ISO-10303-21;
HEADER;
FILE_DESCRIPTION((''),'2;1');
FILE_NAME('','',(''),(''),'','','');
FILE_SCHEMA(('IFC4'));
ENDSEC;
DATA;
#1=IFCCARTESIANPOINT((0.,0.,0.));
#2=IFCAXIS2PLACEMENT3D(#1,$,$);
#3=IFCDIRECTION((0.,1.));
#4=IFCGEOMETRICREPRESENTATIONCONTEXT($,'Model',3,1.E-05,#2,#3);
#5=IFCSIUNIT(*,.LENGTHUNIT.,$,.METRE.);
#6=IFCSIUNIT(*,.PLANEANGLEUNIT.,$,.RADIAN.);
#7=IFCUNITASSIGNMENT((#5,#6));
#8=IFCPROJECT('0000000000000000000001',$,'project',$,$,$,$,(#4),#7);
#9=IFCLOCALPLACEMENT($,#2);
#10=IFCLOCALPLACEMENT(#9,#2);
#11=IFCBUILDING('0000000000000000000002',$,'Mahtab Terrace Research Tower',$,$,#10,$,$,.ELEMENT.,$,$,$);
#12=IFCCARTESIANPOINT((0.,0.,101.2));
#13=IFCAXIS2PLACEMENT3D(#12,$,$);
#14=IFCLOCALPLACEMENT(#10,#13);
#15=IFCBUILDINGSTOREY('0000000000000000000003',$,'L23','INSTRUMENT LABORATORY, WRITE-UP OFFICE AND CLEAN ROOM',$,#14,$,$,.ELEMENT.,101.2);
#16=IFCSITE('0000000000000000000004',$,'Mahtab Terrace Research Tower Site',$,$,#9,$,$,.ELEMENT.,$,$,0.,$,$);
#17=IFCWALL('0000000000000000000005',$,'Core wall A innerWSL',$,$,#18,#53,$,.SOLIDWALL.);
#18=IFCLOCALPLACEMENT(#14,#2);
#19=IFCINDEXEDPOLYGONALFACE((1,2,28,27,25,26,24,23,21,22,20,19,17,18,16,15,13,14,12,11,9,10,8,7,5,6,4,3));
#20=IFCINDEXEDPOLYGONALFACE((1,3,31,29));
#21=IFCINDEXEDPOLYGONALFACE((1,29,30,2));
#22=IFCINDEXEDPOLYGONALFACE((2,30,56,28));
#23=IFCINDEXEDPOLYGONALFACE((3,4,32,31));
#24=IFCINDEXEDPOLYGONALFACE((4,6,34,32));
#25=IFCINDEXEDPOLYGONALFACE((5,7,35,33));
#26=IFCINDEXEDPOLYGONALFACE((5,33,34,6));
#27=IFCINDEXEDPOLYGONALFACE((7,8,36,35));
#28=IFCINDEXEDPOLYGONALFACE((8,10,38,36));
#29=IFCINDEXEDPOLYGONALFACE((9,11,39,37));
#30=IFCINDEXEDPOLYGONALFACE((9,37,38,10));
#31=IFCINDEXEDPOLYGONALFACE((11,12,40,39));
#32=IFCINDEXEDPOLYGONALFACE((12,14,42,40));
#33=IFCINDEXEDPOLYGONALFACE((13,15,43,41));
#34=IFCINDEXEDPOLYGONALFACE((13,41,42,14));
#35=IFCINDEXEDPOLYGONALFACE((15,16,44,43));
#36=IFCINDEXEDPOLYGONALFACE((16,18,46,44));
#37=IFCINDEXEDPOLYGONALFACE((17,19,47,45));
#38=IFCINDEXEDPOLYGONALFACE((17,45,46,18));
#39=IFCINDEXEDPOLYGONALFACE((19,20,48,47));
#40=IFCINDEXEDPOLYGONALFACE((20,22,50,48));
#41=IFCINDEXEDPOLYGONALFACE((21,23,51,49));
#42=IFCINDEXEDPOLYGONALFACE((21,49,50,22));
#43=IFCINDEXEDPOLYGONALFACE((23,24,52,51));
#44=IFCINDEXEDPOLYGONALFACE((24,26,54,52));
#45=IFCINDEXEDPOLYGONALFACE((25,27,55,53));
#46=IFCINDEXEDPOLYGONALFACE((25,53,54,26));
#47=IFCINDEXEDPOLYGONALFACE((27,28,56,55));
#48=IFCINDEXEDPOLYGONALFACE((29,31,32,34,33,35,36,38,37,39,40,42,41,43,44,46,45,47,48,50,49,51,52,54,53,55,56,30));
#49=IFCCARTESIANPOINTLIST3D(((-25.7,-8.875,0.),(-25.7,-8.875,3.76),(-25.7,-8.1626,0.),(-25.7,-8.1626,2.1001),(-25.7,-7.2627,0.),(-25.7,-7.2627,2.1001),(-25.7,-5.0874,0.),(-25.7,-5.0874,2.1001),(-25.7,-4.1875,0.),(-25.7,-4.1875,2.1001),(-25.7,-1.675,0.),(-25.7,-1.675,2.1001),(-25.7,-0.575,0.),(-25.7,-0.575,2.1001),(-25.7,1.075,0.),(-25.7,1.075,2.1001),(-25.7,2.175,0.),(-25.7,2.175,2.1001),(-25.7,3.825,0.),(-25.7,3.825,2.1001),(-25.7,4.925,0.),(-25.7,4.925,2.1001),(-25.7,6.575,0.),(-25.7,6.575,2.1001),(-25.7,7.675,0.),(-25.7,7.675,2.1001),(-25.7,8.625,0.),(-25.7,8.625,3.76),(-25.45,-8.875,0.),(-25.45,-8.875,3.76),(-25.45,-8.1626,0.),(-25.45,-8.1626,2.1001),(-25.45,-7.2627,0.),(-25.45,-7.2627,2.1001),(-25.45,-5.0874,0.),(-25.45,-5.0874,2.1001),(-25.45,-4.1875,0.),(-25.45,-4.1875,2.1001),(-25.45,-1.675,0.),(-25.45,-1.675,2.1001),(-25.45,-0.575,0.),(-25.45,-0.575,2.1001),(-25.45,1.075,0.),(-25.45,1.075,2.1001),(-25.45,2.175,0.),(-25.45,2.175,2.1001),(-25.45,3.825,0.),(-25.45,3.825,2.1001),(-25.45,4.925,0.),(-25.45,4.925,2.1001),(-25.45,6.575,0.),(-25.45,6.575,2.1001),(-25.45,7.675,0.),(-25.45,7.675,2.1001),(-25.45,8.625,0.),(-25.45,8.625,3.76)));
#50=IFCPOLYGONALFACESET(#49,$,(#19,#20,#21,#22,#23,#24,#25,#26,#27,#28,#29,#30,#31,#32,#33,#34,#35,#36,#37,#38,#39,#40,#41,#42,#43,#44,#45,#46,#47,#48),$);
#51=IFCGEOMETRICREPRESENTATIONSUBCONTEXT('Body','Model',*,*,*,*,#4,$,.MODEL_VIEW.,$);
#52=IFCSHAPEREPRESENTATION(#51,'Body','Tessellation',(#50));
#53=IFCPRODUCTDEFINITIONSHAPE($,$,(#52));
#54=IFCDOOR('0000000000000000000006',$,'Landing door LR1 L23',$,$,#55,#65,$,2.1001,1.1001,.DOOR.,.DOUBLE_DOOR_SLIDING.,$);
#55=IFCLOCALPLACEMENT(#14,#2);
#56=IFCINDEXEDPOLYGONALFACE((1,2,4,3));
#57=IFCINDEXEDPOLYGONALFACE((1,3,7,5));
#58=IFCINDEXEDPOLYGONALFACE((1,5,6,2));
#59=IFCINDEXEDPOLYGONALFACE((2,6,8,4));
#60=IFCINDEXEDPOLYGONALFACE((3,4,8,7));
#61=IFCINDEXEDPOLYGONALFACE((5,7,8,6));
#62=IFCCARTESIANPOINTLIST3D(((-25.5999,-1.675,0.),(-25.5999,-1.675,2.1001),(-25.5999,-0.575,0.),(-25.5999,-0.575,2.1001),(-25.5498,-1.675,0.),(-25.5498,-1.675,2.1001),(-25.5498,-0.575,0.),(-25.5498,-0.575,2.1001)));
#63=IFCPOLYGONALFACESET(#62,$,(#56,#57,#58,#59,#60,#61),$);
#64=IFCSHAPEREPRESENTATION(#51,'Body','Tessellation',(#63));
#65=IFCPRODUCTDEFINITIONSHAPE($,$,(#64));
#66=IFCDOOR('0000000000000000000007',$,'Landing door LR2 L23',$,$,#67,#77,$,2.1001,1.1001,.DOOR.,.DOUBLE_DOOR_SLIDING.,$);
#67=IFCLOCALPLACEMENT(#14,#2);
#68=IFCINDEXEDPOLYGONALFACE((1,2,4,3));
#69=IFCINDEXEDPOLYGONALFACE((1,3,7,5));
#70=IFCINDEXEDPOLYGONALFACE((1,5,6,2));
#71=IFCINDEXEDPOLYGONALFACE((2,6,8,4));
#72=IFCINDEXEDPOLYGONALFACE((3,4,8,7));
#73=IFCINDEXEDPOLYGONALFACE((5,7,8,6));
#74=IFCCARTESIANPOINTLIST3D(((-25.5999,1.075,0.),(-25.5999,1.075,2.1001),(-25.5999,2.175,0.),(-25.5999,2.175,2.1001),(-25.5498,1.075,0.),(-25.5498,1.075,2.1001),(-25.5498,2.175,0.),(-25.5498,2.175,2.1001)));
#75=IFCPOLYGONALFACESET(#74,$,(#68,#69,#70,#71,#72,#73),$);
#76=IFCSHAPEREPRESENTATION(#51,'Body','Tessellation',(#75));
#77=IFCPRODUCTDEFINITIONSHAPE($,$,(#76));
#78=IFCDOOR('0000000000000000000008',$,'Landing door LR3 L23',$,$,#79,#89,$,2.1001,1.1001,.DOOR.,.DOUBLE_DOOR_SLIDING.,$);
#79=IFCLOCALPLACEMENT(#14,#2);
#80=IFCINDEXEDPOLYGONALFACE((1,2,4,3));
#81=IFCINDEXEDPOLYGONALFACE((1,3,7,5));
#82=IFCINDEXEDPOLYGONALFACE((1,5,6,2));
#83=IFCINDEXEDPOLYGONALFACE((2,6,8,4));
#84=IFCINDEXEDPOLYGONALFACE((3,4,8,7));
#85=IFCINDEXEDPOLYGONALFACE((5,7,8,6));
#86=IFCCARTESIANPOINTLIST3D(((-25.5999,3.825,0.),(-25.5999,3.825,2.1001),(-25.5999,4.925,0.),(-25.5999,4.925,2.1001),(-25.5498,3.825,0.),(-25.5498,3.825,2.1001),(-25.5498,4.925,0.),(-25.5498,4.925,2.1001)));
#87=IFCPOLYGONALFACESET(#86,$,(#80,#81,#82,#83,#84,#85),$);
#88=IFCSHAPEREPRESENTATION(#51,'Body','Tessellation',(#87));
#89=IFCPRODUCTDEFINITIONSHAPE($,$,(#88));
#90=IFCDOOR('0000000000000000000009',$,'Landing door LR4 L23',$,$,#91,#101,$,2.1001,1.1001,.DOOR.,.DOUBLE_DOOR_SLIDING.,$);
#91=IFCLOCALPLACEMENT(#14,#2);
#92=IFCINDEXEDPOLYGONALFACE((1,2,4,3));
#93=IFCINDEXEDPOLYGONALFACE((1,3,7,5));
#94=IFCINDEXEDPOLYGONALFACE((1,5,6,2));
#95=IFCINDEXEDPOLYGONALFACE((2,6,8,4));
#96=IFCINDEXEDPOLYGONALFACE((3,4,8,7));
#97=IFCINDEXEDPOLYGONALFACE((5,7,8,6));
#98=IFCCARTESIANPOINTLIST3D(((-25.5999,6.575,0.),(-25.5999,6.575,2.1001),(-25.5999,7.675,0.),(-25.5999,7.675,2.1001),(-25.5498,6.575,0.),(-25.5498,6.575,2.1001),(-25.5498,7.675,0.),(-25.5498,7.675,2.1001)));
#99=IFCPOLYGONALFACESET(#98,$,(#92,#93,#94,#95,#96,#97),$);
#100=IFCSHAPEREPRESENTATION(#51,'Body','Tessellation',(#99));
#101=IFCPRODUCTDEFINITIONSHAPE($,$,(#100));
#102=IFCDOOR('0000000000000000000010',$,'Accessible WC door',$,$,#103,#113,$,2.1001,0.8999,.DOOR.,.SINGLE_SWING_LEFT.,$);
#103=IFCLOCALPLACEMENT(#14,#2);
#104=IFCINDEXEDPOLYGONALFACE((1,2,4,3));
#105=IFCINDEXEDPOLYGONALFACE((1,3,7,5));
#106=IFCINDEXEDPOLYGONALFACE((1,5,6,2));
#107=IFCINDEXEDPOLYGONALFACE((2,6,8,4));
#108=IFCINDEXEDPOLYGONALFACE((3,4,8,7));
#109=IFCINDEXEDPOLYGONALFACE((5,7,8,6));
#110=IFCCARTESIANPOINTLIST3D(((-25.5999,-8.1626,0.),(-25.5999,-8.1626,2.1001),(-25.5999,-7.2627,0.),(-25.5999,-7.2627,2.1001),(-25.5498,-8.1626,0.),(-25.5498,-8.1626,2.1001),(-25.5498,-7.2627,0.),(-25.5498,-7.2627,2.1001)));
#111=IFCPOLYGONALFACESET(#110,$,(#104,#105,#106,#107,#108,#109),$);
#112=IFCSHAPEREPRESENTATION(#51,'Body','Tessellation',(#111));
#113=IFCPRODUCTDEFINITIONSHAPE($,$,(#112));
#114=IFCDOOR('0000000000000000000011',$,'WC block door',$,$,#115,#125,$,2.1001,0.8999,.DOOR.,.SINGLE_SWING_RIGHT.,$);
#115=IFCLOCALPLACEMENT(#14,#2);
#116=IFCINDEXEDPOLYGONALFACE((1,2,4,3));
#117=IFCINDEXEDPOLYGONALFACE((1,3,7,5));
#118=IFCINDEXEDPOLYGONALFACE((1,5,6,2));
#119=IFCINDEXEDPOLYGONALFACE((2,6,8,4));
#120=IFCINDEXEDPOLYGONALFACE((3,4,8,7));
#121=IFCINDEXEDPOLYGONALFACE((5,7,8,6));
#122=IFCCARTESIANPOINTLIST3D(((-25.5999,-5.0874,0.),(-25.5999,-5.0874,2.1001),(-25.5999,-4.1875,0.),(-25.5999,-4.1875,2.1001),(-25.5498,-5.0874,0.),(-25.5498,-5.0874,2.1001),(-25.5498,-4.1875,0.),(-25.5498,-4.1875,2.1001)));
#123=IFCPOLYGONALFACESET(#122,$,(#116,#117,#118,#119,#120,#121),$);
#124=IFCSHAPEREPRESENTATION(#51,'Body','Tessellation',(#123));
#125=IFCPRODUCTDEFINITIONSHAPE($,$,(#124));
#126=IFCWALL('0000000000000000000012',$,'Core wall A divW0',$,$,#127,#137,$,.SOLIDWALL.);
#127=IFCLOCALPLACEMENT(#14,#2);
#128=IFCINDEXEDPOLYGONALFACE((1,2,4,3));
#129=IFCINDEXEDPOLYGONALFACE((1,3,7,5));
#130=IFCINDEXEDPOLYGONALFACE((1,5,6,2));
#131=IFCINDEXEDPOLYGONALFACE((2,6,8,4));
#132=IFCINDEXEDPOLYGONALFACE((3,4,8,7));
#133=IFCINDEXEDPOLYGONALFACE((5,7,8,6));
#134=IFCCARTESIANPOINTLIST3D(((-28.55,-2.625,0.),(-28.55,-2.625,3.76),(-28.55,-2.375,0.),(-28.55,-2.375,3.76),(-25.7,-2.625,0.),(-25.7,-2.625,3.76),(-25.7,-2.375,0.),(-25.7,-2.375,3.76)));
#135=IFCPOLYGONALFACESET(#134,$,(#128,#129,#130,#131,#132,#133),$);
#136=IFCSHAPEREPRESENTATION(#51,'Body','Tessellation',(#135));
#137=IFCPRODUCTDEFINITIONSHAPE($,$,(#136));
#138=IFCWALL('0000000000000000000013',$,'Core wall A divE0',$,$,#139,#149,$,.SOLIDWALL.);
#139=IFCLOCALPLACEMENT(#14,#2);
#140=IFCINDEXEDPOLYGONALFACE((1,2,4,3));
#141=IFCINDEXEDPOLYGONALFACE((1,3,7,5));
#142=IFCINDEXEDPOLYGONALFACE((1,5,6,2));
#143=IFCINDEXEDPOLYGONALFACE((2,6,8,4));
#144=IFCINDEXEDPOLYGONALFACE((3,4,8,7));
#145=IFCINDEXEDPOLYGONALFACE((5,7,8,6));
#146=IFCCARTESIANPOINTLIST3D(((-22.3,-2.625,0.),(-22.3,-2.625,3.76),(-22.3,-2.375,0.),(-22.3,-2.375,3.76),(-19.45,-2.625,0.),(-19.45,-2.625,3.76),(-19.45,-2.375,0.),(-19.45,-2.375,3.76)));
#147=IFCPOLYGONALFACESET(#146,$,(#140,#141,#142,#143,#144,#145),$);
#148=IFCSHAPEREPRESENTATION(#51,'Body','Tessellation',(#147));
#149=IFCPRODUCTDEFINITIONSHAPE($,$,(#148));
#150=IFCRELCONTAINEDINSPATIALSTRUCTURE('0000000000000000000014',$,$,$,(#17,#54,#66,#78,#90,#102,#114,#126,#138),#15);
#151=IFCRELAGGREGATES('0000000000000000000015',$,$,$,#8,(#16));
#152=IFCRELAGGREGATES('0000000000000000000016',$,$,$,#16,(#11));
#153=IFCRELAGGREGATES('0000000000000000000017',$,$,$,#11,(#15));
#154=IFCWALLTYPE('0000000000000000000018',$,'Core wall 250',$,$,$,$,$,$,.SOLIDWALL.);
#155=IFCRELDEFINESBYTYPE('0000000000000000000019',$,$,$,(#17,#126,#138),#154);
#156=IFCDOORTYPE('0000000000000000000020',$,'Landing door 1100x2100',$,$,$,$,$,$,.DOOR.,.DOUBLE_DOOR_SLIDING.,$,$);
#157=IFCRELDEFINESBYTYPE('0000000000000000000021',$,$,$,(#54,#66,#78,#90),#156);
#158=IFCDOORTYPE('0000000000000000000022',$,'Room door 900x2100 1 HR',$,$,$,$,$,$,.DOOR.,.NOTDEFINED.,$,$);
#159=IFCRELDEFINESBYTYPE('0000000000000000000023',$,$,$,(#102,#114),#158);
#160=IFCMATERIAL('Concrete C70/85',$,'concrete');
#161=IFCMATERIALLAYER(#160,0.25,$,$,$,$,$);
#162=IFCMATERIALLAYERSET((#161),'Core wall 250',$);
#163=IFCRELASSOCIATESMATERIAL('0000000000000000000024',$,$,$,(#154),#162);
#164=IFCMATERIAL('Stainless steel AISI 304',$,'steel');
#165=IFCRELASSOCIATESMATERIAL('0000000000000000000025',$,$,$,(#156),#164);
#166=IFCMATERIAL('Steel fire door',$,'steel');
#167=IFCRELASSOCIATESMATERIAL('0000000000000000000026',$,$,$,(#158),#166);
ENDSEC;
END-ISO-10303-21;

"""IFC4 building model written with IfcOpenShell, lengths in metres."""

from ifc_helpers import new_model, si_unit, direction, frame, frame_2d, origin, place, context, subcontext, project, spatial, rectangle, extrude, material, layer, layer_set, type_object, element, fill, save


model = new_model("IFC4")

# Units and contexts
model_context = context("Model", 3, precision=1e-05, world=origin(), true_north=direction((0.0, 1.0)))
body_context = subcontext(model_context, "Body", "Model", "MODEL_VIEW")
ifc_project = project(units=[si_unit("LENGTHUNIT", "METRE"), si_unit("PLANEANGLEUNIT", "RADIAN")], contexts=[model_context])

# Site, building, storey
site_placement = place(None, origin())
site = spatial("IfcSite", under=ifc_project, at=site_placement, Name="Mahtab Terrace Research Tower Site", CompositionType="ELEMENT", RefElevation=0.0)
building_placement = place(site_placement, origin())
building = spatial("IfcBuilding", under=site, at=building_placement, Name="Mahtab Terrace Research Tower", CompositionType="ELEMENT")
storey_placement = place(building_placement, frame((0.0, 0.0, 101.2)))
storey = spatial("IfcBuildingStorey", under=building, at=storey_placement, Name="L23", Description="INSTRUMENT LABORATORY, WRITE-UP OFFICE AND CLEAN ROOM", CompositionType="ELEMENT", Elevation=101.2)

# Shared definitions
ifc_material_1 = material(Name="Concrete C70/85", Category="concrete")

# Shared definitions
ifc_layer_1 = layer(ifc_material_1, 0.25)
ifc_layer_set_1 = layer_set([ifc_layer_1], Name="Core wall 250")
wall_type_1 = type_object("IfcWallType", Name="Core wall 250", PredefinedType="SOLIDWALL", material=ifc_layer_set_1)

# Shared definitions
ifc_material_2 = material(Name="Steel fire door", Category="steel")

# Wall, openings, doors
wall_1_placement = place(storey_placement, frame((-25.575, -8.875, 0.0), z_axis=(0.0, 0.0, 1.0), x_axis=(0.0, 1.0, 0.0)))
wall_1 = element("IfcWall", 1, at=wall_1_placement, inside=storey, type_object=wall_type_1, Name="Core wall A innerWSL", PredefinedType="SOLIDWALL", context=body_context, shape_type="SweptSolid", body=[
    extrude(rectangle(XDim=17.5, YDim=0.25, at=frame_2d((8.75, 0.0))), origin(), (0.0, 0.0, 1.0), 3.76),
])
opening_1_placement = place(wall_1_placement, frame((7.2, 0.0, 0.0)))
opening_1 = element("IfcOpeningElement", 2, at=opening_1_placement, cuts=wall_1, PredefinedType="OPENING", context=body_context, shape_type="SweptSolid", body=[
    extrude(rectangle(XDim=1.1001, YDim=2.1001, at=frame_2d((0.55, 1.05))), frame((0.0, 0.135, 0.0), z_axis=(0.0, -1.0, 0.0), x_axis=(1.0, 0.0, 0.0)), (0.0, 0.0, 1.0), 0.27),
])
opening_2_placement = place(wall_1_placement, frame((9.95, 0.0, 0.0)))
opening_2 = element("IfcOpeningElement", 3, at=opening_2_placement, cuts=wall_1, PredefinedType="OPENING", context=body_context, shape_type="SweptSolid", body=[
    extrude(rectangle(XDim=1.1001, YDim=2.1001, at=frame_2d((0.55, 1.05))), frame((0.0, 0.135, 0.0), z_axis=(0.0, -1.0, 0.0), x_axis=(1.0, 0.0, 0.0)), (0.0, 0.0, 1.0), 0.27),
])
opening_3_placement = place(wall_1_placement, frame((12.7, 0.0, 0.0)))
opening_3 = element("IfcOpeningElement", 4, at=opening_3_placement, cuts=wall_1, PredefinedType="OPENING", context=body_context, shape_type="SweptSolid", body=[
    extrude(rectangle(XDim=1.1001, YDim=2.1001, at=frame_2d((0.55, 1.05))), frame((0.0, 0.135, 0.0), z_axis=(0.0, -1.0, 0.0), x_axis=(1.0, 0.0, 0.0)), (0.0, 0.0, 1.0), 0.27),
])
opening_4_placement = place(wall_1_placement, frame((15.45, 0.0, 0.0)))
opening_4 = element("IfcOpeningElement", 5, at=opening_4_placement, cuts=wall_1, PredefinedType="OPENING", context=body_context, shape_type="SweptSolid", body=[
    extrude(rectangle(XDim=1.1001, YDim=2.1001, at=frame_2d((0.55, 1.05))), frame((0.0, 0.135, 0.0), z_axis=(0.0, -1.0, 0.0), x_axis=(1.0, 0.0, 0.0)), (0.0, 0.0, 1.0), 0.27),
])
opening_5_placement = place(wall_1_placement, frame((0.7124, 0.0, 0.0)))
opening_5 = element("IfcOpeningElement", 6, at=opening_5_placement, cuts=wall_1, PredefinedType="OPENING", context=body_context, shape_type="SweptSolid", body=[
    extrude(rectangle(XDim=0.8999, YDim=2.1001, at=frame_2d((0.45, 1.05))), frame((0.0, 0.135, 0.0), z_axis=(0.0, -1.0, 0.0), x_axis=(1.0, 0.0, 0.0)), (0.0, 0.0, 1.0), 0.27),
])
opening_6_placement = place(wall_1_placement, frame((3.7876, 0.0, 0.0)))
opening_6 = element("IfcOpeningElement", 7, at=opening_6_placement, cuts=wall_1, PredefinedType="OPENING", context=body_context, shape_type="SweptSolid", body=[
    extrude(rectangle(XDim=0.8999, YDim=2.1001, at=frame_2d((0.45, 1.05))), frame((0.0, 0.135, 0.0), z_axis=(0.0, -1.0, 0.0), x_axis=(1.0, 0.0, 0.0)), (0.0, 0.0, 1.0), 0.27),
])
ifc_material_3 = material(Name="Stainless steel AISI 304", Category="steel")
door_type_1 = type_object("IfcDoorType", Name="Landing door 1100x2100", OperationType="DOUBLE_DOOR_SLIDING", PredefinedType="DOOR", material=ifc_material_3)
door_1_placement = place(opening_1_placement, origin())
door_1 = element("IfcDoor", 8, at=door_1_placement, inside=storey, type_object=door_type_1, Name="Landing door LR1 L23", OperationType="DOUBLE_DOOR_SLIDING", OverallHeight=2.1001, OverallWidth=1.1001, PredefinedType="DOOR", context=body_context, shape_type="SweptSolid", body=[
    extrude(rectangle(XDim=1.1001, YDim=2.1001, at=frame_2d((0.55, 1.05))), frame((0.0, 0.0249, 0.0), z_axis=(0.0, -1.0, 0.0), x_axis=(1.0, 0.0, 0.0)), (0.0, 0.0, 1.0), 0.05),
])
fill(opening_1, door_1)
door_2_placement = place(opening_2_placement, origin())
door_2 = element("IfcDoor", 9, at=door_2_placement, inside=storey, type_object=door_type_1, Name="Landing door LR2 L23", OperationType="DOUBLE_DOOR_SLIDING", OverallHeight=2.1001, OverallWidth=1.1001, PredefinedType="DOOR", context=body_context, shape_type="SweptSolid", body=[
    extrude(rectangle(XDim=1.1001, YDim=2.1001, at=frame_2d((0.55, 1.05))), frame((0.0, 0.0249, 0.0), z_axis=(0.0, -1.0, 0.0), x_axis=(1.0, 0.0, 0.0)), (0.0, 0.0, 1.0), 0.05),
])
fill(opening_2, door_2)
door_3_placement = place(opening_3_placement, origin())
door_3 = element("IfcDoor", 10, at=door_3_placement, inside=storey, type_object=door_type_1, Name="Landing door LR3 L23", OperationType="DOUBLE_DOOR_SLIDING", OverallHeight=2.1001, OverallWidth=1.1001, PredefinedType="DOOR", context=body_context, shape_type="SweptSolid", body=[
    extrude(rectangle(XDim=1.1001, YDim=2.1001, at=frame_2d((0.55, 1.05))), frame((0.0, 0.0249, 0.0), z_axis=(0.0, -1.0, 0.0), x_axis=(1.0, 0.0, 0.0)), (0.0, 0.0, 1.0), 0.05),
])
fill(opening_3, door_3)
door_4_placement = place(opening_4_placement, origin())
door_4 = element("IfcDoor", 11, at=door_4_placement, inside=storey, type_object=door_type_1, Name="Landing door LR4 L23", OperationType="DOUBLE_DOOR_SLIDING", OverallHeight=2.1001, OverallWidth=1.1001, PredefinedType="DOOR", context=body_context, shape_type="SweptSolid", body=[
    extrude(rectangle(XDim=1.1001, YDim=2.1001, at=frame_2d((0.55, 1.05))), frame((0.0, 0.0249, 0.0), z_axis=(0.0, -1.0, 0.0), x_axis=(1.0, 0.0, 0.0)), (0.0, 0.0, 1.0), 0.05),
])
fill(opening_4, door_4)
door_type_2 = type_object("IfcDoorType", Name="Room door 900x2100 1 HR", OperationType="NOTDEFINED", PredefinedType="DOOR", material=ifc_material_2)
door_5_placement = place(opening_5_placement, origin())
door_5 = element("IfcDoor", 12, at=door_5_placement, inside=storey, type_object=door_type_2, Name="Accessible WC door", OperationType="SINGLE_SWING_LEFT", OverallHeight=2.1001, OverallWidth=0.8999, PredefinedType="DOOR", context=body_context, shape_type="SweptSolid", body=[
    extrude(rectangle(XDim=0.8999, YDim=2.1001, at=frame_2d((0.45, 1.05))), frame((0.0, 0.0249, 0.0), z_axis=(0.0, -1.0, 0.0), x_axis=(1.0, 0.0, 0.0)), (0.0, 0.0, 1.0), 0.05),
])
fill(opening_5, door_5)
door_6_placement = place(opening_6_placement, origin())
door_6 = element("IfcDoor", 13, at=door_6_placement, inside=storey, type_object=door_type_2, Name="WC block door", OperationType="SINGLE_SWING_RIGHT", OverallHeight=2.1001, OverallWidth=0.8999, PredefinedType="DOOR", context=body_context, shape_type="SweptSolid", body=[
    extrude(rectangle(XDim=0.8999, YDim=2.1001, at=frame_2d((0.45, 1.05))), frame((0.0, 0.0249, 0.0), z_axis=(0.0, -1.0, 0.0), x_axis=(1.0, 0.0, 0.0)), (0.0, 0.0, 1.0), 0.05),
])
fill(opening_6, door_6)

# Walls
for number, where, z_axis, x_axis, name in (
    (14, (-28.55, -2.5, 0.0), (0.0, 0.0, 1.0), (1.0, 0.0, 0.0), "Core wall A divW0"),
    (15, (-22.3, -2.5, 0.0), (0.0, 0.0, 1.0), (1.0, 0.0, 0.0), "Core wall A divE0"),
):
    element("IfcWall", number, at=place(storey_placement, frame(where, z_axis=z_axis, x_axis=x_axis)), inside=storey, type_object=wall_type_1, Name=name, PredefinedType="SOLIDWALL", context=body_context, shape_type="SweptSolid", body=[
        extrude(rectangle(XDim=2.8501, YDim=0.25, at=frame_2d((1.425, 0.0))), origin(), (0.0, 0.0, 1.0), 3.76),
    ])

save(model, "model.ifc")
